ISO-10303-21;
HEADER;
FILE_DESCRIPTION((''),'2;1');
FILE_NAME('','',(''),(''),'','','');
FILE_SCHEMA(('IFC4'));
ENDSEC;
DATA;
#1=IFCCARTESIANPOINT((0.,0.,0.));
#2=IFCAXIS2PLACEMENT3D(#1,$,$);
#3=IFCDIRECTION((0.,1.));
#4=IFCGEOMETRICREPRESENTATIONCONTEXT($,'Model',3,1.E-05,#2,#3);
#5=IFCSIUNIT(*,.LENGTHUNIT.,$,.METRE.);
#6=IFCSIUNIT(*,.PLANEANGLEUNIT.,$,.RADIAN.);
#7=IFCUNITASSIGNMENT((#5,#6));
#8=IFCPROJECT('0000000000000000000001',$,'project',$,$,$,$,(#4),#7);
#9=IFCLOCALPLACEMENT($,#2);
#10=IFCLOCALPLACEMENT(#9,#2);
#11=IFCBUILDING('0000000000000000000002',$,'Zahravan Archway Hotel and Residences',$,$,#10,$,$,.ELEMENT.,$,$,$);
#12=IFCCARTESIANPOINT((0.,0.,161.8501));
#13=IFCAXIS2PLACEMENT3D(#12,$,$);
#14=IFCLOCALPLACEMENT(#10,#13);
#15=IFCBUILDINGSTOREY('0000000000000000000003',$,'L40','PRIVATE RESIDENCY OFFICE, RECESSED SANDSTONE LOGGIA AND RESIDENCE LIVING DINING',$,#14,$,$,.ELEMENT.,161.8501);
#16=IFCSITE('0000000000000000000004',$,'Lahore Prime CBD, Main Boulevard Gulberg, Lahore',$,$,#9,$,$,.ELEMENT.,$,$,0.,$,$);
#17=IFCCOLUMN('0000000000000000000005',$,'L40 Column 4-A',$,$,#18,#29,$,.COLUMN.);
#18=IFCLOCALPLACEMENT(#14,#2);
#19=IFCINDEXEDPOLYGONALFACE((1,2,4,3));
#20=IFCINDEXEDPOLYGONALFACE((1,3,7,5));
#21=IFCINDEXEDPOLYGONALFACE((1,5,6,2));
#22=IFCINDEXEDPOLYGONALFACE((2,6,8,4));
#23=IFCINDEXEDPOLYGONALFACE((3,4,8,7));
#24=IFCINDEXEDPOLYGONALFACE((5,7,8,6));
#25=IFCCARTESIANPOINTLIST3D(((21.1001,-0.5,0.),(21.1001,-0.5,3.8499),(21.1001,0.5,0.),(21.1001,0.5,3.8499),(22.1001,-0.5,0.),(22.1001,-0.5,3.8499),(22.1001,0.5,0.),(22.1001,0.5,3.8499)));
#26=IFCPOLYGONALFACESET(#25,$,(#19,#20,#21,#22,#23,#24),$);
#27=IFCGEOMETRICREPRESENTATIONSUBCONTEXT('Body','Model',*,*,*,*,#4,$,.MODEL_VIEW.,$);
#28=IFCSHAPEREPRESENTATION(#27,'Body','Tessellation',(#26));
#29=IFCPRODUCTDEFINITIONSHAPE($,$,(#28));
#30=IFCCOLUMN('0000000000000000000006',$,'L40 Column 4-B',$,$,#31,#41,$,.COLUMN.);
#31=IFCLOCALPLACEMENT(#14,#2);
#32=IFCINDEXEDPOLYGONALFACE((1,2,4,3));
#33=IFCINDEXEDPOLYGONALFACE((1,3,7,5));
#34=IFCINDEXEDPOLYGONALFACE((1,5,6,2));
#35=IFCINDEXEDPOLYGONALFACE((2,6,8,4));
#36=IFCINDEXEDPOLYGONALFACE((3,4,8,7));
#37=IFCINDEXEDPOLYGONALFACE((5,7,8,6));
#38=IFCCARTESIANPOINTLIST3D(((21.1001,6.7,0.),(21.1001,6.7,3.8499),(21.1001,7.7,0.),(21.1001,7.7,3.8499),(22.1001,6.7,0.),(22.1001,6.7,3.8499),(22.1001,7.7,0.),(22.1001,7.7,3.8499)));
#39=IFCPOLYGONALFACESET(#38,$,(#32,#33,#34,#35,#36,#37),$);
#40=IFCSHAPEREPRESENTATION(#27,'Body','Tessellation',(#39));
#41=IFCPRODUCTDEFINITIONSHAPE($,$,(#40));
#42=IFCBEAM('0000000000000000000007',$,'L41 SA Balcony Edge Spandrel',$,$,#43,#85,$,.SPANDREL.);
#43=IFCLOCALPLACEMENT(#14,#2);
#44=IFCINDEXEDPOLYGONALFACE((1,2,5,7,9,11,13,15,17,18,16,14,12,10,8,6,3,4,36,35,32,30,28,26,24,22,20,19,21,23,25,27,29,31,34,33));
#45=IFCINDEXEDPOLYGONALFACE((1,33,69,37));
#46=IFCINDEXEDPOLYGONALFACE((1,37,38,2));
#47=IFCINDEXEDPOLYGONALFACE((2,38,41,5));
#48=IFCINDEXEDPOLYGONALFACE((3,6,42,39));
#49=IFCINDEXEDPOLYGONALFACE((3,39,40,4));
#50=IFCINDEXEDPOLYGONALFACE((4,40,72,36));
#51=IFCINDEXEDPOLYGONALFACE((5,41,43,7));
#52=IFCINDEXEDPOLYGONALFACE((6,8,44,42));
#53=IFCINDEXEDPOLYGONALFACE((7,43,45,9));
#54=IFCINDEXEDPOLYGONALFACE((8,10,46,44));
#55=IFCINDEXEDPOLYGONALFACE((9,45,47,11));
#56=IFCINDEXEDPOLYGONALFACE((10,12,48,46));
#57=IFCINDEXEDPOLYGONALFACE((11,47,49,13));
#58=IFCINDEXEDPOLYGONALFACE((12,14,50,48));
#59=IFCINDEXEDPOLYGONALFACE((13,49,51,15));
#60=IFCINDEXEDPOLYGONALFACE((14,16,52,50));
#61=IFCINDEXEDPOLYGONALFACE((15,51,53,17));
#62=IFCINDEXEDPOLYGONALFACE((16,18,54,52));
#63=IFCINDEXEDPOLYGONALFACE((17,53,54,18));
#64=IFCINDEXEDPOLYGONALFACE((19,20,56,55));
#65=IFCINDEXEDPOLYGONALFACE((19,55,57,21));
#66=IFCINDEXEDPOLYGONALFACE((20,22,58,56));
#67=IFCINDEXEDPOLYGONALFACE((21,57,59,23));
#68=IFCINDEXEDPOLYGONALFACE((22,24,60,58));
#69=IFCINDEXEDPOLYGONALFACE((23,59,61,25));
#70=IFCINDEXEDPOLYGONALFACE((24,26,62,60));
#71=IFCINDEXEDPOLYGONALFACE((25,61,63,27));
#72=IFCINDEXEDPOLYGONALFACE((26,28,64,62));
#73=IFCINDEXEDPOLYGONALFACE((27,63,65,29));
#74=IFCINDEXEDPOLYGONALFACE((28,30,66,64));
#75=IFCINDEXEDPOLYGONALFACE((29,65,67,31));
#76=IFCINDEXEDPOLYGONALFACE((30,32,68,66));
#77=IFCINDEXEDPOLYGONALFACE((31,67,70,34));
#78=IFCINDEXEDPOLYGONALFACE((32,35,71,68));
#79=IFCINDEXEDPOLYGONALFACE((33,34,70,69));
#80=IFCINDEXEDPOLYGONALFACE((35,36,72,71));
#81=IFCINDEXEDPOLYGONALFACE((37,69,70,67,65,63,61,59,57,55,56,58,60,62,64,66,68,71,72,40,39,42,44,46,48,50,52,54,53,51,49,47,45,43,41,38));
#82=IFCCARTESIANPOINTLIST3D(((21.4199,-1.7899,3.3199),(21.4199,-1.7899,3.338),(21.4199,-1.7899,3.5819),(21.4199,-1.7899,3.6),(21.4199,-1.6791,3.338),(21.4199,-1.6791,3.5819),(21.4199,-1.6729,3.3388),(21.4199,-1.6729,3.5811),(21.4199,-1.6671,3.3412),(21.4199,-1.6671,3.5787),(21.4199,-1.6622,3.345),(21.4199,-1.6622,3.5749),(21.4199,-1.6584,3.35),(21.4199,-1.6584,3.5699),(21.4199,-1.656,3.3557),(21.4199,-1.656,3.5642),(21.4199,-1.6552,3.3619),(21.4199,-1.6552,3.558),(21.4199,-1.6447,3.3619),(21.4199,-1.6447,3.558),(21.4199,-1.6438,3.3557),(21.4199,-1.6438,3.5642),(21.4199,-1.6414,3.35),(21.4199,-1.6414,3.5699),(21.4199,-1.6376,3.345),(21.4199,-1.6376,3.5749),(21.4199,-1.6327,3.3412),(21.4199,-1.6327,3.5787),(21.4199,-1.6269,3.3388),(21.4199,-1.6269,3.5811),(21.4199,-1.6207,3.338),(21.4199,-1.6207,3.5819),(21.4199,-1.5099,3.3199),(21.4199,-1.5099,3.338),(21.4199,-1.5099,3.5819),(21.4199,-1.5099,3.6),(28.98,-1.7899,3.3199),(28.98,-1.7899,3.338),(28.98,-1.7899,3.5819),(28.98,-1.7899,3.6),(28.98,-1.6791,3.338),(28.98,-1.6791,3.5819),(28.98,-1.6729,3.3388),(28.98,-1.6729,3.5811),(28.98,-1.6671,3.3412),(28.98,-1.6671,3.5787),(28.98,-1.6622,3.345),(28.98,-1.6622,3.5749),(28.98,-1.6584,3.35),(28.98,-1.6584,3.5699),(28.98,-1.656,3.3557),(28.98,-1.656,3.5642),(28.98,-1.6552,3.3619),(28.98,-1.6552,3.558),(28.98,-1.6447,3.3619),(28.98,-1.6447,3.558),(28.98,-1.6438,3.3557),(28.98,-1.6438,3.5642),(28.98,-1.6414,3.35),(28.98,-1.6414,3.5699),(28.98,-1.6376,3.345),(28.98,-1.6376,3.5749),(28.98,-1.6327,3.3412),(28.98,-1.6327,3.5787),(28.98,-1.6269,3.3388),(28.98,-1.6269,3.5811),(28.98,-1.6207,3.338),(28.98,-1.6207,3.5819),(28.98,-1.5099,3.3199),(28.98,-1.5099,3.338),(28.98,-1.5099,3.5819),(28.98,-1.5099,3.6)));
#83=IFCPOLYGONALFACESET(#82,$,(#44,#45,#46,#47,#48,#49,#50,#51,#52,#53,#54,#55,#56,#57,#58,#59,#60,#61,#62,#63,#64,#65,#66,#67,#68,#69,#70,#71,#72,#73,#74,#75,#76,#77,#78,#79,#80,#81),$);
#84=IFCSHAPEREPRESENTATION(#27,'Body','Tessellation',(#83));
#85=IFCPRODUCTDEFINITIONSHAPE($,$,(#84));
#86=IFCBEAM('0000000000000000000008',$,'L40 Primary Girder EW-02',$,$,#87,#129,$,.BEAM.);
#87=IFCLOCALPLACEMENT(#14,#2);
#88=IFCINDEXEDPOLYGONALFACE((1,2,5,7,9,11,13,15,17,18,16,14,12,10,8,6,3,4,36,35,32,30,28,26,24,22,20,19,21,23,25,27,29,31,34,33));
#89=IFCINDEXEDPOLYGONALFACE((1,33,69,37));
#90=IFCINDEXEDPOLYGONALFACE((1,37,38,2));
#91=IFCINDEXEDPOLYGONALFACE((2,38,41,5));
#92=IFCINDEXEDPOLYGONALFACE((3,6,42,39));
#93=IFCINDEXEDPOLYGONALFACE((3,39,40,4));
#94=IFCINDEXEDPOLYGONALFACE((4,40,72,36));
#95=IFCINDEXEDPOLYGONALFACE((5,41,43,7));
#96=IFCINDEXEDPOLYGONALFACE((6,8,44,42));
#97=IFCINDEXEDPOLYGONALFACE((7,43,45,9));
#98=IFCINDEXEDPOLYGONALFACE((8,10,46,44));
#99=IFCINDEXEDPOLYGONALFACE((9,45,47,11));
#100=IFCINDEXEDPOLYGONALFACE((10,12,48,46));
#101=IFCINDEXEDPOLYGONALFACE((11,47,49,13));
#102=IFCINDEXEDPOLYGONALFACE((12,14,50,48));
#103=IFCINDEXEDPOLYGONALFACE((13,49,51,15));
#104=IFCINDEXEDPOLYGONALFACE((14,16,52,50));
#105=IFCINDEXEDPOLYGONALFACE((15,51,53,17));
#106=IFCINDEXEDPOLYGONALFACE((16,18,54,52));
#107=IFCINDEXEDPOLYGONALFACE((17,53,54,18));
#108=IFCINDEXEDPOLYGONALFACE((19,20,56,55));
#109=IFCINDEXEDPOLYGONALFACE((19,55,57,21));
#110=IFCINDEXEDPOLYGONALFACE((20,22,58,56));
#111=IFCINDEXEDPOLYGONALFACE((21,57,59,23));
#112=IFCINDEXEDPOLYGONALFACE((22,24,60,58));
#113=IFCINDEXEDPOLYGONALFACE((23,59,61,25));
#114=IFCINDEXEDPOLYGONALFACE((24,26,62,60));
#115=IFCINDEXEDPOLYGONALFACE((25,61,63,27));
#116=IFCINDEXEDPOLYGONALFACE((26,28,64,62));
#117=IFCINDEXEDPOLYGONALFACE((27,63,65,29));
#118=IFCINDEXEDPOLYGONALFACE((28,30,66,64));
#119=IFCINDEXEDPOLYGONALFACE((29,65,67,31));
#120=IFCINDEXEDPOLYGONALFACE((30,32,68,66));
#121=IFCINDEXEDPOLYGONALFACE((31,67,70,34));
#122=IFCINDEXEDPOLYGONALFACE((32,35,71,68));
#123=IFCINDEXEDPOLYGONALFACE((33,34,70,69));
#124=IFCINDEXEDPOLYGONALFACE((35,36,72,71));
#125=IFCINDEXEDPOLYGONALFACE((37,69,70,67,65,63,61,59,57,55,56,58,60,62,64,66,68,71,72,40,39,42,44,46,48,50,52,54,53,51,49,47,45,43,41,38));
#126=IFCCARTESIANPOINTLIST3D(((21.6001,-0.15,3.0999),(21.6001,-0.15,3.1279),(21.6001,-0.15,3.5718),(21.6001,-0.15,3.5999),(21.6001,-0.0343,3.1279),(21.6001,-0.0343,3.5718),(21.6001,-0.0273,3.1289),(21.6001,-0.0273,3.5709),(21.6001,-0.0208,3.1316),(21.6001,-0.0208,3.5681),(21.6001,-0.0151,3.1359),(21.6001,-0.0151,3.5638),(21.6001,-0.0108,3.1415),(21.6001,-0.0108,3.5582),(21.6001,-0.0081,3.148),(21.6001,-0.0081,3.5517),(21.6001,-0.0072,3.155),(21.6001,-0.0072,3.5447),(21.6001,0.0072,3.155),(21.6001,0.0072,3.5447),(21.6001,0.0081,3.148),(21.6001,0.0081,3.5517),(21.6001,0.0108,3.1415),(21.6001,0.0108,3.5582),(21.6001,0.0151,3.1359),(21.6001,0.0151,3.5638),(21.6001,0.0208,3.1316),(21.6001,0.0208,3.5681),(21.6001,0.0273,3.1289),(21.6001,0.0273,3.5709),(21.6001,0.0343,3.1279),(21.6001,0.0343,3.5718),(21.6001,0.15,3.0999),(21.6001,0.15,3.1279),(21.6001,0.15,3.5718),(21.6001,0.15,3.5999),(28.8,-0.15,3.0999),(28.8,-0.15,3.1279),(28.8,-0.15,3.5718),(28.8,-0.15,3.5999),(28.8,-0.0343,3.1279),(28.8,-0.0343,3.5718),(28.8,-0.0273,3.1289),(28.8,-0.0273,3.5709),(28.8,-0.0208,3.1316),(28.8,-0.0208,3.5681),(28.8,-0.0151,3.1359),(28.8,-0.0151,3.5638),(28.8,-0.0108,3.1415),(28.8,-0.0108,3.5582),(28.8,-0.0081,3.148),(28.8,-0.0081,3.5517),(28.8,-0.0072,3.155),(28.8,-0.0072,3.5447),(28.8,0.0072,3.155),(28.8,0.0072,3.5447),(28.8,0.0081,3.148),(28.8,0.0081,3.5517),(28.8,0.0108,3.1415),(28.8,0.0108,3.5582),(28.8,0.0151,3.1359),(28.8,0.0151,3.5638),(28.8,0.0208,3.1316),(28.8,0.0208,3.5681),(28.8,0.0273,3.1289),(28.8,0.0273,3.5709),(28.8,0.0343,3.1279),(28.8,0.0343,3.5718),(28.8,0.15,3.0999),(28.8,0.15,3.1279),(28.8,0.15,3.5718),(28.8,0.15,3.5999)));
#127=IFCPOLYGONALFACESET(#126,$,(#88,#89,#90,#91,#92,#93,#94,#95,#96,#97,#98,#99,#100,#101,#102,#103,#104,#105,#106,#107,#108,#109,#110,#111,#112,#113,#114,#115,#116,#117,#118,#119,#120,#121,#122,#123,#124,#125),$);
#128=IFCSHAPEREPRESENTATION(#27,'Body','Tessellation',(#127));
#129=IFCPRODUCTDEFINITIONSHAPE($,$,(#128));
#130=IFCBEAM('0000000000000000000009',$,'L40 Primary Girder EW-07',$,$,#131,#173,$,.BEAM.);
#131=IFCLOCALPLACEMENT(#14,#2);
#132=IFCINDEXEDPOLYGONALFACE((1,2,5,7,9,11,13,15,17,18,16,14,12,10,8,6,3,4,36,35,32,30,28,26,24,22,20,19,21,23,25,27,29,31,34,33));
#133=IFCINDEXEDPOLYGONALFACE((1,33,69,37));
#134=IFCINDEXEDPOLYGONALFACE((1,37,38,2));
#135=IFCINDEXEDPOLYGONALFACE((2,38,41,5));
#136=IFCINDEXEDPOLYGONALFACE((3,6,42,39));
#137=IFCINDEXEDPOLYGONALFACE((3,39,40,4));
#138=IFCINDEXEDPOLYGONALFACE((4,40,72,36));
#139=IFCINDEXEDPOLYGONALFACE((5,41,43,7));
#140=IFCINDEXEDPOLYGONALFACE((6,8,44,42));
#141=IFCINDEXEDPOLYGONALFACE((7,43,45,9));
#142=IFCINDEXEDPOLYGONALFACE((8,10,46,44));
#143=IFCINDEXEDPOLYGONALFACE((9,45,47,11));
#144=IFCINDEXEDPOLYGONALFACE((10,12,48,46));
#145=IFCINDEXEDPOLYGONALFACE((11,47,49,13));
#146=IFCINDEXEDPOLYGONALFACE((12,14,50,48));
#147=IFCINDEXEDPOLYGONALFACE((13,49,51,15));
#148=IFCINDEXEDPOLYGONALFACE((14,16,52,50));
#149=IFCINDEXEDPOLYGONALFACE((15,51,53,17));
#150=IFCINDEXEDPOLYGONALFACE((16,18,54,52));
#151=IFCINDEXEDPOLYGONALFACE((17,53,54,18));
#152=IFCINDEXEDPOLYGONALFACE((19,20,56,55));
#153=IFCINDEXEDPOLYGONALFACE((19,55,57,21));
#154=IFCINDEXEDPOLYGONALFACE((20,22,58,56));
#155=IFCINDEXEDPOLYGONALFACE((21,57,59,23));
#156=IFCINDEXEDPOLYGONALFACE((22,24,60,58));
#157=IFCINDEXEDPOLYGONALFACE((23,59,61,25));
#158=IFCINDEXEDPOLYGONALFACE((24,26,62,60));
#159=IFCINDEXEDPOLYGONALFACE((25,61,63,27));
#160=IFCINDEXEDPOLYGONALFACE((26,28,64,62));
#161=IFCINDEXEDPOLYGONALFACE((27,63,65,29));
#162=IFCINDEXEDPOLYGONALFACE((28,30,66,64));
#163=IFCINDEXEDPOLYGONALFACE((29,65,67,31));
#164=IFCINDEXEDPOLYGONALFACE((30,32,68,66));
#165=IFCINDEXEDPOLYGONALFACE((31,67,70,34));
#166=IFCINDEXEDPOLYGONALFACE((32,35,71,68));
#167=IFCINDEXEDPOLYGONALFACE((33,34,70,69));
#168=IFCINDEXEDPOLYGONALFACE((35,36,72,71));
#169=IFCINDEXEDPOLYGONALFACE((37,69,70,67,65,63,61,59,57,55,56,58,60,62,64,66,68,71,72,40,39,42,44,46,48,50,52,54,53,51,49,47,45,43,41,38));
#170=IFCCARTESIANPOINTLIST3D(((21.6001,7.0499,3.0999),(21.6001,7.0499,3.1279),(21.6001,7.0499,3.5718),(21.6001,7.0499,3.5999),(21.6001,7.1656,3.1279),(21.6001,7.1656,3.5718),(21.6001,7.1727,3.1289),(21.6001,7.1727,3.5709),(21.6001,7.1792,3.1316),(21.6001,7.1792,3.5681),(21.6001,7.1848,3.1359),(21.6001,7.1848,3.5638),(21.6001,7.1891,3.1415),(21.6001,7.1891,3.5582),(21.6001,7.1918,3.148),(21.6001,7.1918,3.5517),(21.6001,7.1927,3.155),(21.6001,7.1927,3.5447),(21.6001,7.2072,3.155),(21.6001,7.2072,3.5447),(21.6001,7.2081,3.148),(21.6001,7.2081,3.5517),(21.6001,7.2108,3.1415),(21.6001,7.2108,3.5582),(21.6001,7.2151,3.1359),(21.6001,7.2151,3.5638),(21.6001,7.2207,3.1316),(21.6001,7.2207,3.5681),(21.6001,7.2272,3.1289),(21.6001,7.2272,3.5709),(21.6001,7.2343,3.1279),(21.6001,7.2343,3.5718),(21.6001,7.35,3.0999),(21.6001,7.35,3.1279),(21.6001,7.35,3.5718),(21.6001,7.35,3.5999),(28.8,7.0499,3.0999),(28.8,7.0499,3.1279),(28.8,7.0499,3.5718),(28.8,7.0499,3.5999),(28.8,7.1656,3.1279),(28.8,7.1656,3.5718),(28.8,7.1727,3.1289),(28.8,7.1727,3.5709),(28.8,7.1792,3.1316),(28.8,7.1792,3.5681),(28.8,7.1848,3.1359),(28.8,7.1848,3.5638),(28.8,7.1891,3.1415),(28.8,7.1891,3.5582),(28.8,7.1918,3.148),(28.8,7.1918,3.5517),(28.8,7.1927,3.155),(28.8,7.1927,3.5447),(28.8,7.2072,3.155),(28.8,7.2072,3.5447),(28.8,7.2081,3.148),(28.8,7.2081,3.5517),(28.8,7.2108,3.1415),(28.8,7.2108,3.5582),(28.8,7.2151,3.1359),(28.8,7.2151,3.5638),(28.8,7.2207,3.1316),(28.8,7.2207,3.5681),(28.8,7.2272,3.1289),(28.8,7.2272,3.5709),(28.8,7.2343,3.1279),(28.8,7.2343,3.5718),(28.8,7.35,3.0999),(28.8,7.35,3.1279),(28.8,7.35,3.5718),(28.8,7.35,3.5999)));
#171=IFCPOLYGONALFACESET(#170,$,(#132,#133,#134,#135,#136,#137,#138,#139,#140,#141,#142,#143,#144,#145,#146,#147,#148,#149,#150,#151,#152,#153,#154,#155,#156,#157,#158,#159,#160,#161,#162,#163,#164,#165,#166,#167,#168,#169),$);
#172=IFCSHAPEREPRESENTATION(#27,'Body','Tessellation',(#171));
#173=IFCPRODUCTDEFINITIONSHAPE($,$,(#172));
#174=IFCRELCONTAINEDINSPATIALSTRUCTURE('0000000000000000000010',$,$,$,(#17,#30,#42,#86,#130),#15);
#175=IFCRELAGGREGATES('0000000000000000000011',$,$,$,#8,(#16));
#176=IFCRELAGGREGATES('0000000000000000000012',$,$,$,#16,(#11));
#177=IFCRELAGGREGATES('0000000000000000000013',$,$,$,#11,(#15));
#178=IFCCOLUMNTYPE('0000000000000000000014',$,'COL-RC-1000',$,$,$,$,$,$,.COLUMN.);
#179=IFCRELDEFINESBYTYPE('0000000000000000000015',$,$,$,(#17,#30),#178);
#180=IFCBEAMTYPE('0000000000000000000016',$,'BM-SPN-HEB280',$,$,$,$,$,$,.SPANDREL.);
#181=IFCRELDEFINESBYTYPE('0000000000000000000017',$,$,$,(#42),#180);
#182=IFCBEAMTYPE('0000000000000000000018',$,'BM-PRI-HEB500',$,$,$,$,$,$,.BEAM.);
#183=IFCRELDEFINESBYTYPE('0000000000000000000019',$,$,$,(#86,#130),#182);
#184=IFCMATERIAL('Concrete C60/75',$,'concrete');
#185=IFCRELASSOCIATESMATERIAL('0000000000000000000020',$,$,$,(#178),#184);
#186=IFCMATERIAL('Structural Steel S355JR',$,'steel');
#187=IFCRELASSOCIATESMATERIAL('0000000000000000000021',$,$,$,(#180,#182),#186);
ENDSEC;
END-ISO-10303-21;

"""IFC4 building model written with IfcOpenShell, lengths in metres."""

from ifc_helpers import new_model, si_unit, direction, frame, origin, origin_2d, place, context, subcontext, project, spatial, rectangle, i_section, extrude, source, transform, mapped, material, material_profile, profile_set, type_object, type_shapes, element, save


model = new_model("IFC4")

# Units and contexts
model_context = context("Model", 3, precision=1e-05, world=origin(), true_north=direction((0.0, 1.0)))
body_context = subcontext(model_context, "Body", "Model", "MODEL_VIEW")
ifc_project = project(units=[si_unit("LENGTHUNIT", "METRE"), si_unit("PLANEANGLEUNIT", "RADIAN")], contexts=[model_context])

# Site, building, storey
site_placement = place(None, origin())
site = spatial("IfcSite", under=ifc_project, at=site_placement, Name="Lahore Prime CBD, Main Boulevard Gulberg, Lahore", CompositionType="ELEMENT", RefElevation=0.0)
building_placement = place(site_placement, origin())
building = spatial("IfcBuilding", under=site, at=building_placement, Name="Zahravan Archway Hotel and Residences", CompositionType="ELEMENT")
storey_placement = place(building_placement, frame((0.0, 0.0, 161.8501)))
storey = spatial("IfcBuildingStorey", under=building, at=storey_placement, Name="L40", Description="PRIVATE RESIDENCY OFFICE, RECESSED SANDSTONE LOGGIA AND RESIDENCE LIVING DINING", CompositionType="ELEMENT", Elevation=161.8501)

# Columns
ifc_material_1 = material(Name="Concrete C60/75", Category="concrete")
ifc_material_profile_1 = material_profile(ifc_material_1, rectangle(XDim=1.0, YDim=1.0, at=origin_2d()), Name="RC-COL-1000x1000", Category="concrete")
ifc_profile_set_1 = profile_set([ifc_material_profile_1], Name="Concrete C60/75")
column_type = type_object("IfcColumnType", Name="COL-RC-1000", PredefinedType="COLUMN", material=ifc_profile_set_1)
shared_shape_1 = source(origin(), body_context, "Body", "SweptSolid", [
    extrude(rectangle(XDim=1.0, YDim=1.0, at=origin_2d()), origin(), (0.0, 0.0, 1.0), 3.8499),
])
for number, where, z_axis, x_axis, name in (
    (1, (21.6001, 0.0, 0.0), (0.0, 0.0, 1.0), (1.0, 0.0, 0.0), "L40 Column 4-A"),
    (2, (21.6001, 7.2, 0.0), (0.0, 0.0, 1.0), (1.0, 0.0, 0.0), "L40 Column 4-B"),
):
    element("IfcColumn", number, at=place(storey_placement, frame(where, z_axis=z_axis, x_axis=x_axis)), inside=storey, type_object=column_type, Name=name, PredefinedType="COLUMN", context=body_context, shape_type="MappedRepresentation", body=[
        mapped(shared_shape_1, transform((0.0, 0.0, 0.0), scale=1.0)),
    ])

# Beams
ifc_material_2 = material(Name="Structural Steel S355JR", Category="steel")
ifc_material_profile_2 = material_profile(ifc_material_2, i_section(OverallWidth=0.28, OverallDepth=0.28, WebThickness=0.0105, FlangeThickness=0.0181, FilletRadius=0.0239, at=origin_2d()), Name="HEB 280", Category="steel")
ifc_profile_set_2 = profile_set([ifc_material_profile_2], Name="Structural Steel S355JR")
beam_type_1 = type_object("IfcBeamType", Name="BM-SPN-HEB280", PredefinedType="SPANDREL", material=ifc_profile_set_2)
shared_shape_2 = source(origin(), body_context, "Body", "SweptSolid", [
    extrude(i_section(OverallWidth=0.28, OverallDepth=0.28, WebThickness=0.0105, FlangeThickness=0.0181, FilletRadius=0.0239, at=origin_2d()), origin(), (0.0, 0.0, 1.0), 7.5601),
])
type_shapes(beam_type_1, [shared_shape_2])
beam_1_placement = place(storey_placement, frame((21.4199, -1.6499, 3.46), z_axis=(1.0, 0.0, 0.0), x_axis=(0.0, 1.0, 0.0)))
element("IfcBeam", 3, at=beam_1_placement, inside=storey, type_object=beam_type_1, Name="L41 SA Balcony Edge Spandrel", PredefinedType="SPANDREL", context=body_context, shape_type="MappedRepresentation", body=[
    mapped(shared_shape_2, transform((0.0, 0.0, 0.0), scale=1.0)),
])
ifc_material_profile_3 = material_profile(ifc_material_2, i_section(OverallWidth=0.3, OverallDepth=0.5, WebThickness=0.0144, FlangeThickness=0.0281, FilletRadius=0.0271, at=origin_2d()), Name="HEB 500", Category="steel")
ifc_profile_set_3 = profile_set([ifc_material_profile_3], Name="Structural Steel S355JR")
beam_type_2 = type_object("IfcBeamType", Name="BM-PRI-HEB500", PredefinedType="BEAM", material=ifc_profile_set_3)
shared_shape_3 = source(origin(), body_context, "Body", "SweptSolid", [
    extrude(i_section(OverallWidth=0.3, OverallDepth=0.5, WebThickness=0.0144, FlangeThickness=0.0281, FilletRadius=0.0271, at=origin_2d()), origin(), (0.0, 0.0, 1.0), 7.2),
])
for number, where, z_axis, x_axis, name in (
    (4, (21.6001, 0.0, 3.3499), (1.0, 0.0, 0.0), (0.0, 1.0, 0.0), "L40 Primary Girder EW-02"),
    (5, (21.6001, 7.2, 3.3499), (1.0, 0.0, 0.0), (0.0, 1.0, 0.0), "L40 Primary Girder EW-07"),
):
    element("IfcBeam", number, at=place(storey_placement, frame(where, z_axis=z_axis, x_axis=x_axis)), inside=storey, type_object=beam_type_2, Name=name, PredefinedType="BEAM", context=body_context, shape_type="MappedRepresentation", body=[
        mapped(shared_shape_3, transform((0.0, 0.0, 0.0), scale=1.0)),
    ])

save(model, "model.ifc")
